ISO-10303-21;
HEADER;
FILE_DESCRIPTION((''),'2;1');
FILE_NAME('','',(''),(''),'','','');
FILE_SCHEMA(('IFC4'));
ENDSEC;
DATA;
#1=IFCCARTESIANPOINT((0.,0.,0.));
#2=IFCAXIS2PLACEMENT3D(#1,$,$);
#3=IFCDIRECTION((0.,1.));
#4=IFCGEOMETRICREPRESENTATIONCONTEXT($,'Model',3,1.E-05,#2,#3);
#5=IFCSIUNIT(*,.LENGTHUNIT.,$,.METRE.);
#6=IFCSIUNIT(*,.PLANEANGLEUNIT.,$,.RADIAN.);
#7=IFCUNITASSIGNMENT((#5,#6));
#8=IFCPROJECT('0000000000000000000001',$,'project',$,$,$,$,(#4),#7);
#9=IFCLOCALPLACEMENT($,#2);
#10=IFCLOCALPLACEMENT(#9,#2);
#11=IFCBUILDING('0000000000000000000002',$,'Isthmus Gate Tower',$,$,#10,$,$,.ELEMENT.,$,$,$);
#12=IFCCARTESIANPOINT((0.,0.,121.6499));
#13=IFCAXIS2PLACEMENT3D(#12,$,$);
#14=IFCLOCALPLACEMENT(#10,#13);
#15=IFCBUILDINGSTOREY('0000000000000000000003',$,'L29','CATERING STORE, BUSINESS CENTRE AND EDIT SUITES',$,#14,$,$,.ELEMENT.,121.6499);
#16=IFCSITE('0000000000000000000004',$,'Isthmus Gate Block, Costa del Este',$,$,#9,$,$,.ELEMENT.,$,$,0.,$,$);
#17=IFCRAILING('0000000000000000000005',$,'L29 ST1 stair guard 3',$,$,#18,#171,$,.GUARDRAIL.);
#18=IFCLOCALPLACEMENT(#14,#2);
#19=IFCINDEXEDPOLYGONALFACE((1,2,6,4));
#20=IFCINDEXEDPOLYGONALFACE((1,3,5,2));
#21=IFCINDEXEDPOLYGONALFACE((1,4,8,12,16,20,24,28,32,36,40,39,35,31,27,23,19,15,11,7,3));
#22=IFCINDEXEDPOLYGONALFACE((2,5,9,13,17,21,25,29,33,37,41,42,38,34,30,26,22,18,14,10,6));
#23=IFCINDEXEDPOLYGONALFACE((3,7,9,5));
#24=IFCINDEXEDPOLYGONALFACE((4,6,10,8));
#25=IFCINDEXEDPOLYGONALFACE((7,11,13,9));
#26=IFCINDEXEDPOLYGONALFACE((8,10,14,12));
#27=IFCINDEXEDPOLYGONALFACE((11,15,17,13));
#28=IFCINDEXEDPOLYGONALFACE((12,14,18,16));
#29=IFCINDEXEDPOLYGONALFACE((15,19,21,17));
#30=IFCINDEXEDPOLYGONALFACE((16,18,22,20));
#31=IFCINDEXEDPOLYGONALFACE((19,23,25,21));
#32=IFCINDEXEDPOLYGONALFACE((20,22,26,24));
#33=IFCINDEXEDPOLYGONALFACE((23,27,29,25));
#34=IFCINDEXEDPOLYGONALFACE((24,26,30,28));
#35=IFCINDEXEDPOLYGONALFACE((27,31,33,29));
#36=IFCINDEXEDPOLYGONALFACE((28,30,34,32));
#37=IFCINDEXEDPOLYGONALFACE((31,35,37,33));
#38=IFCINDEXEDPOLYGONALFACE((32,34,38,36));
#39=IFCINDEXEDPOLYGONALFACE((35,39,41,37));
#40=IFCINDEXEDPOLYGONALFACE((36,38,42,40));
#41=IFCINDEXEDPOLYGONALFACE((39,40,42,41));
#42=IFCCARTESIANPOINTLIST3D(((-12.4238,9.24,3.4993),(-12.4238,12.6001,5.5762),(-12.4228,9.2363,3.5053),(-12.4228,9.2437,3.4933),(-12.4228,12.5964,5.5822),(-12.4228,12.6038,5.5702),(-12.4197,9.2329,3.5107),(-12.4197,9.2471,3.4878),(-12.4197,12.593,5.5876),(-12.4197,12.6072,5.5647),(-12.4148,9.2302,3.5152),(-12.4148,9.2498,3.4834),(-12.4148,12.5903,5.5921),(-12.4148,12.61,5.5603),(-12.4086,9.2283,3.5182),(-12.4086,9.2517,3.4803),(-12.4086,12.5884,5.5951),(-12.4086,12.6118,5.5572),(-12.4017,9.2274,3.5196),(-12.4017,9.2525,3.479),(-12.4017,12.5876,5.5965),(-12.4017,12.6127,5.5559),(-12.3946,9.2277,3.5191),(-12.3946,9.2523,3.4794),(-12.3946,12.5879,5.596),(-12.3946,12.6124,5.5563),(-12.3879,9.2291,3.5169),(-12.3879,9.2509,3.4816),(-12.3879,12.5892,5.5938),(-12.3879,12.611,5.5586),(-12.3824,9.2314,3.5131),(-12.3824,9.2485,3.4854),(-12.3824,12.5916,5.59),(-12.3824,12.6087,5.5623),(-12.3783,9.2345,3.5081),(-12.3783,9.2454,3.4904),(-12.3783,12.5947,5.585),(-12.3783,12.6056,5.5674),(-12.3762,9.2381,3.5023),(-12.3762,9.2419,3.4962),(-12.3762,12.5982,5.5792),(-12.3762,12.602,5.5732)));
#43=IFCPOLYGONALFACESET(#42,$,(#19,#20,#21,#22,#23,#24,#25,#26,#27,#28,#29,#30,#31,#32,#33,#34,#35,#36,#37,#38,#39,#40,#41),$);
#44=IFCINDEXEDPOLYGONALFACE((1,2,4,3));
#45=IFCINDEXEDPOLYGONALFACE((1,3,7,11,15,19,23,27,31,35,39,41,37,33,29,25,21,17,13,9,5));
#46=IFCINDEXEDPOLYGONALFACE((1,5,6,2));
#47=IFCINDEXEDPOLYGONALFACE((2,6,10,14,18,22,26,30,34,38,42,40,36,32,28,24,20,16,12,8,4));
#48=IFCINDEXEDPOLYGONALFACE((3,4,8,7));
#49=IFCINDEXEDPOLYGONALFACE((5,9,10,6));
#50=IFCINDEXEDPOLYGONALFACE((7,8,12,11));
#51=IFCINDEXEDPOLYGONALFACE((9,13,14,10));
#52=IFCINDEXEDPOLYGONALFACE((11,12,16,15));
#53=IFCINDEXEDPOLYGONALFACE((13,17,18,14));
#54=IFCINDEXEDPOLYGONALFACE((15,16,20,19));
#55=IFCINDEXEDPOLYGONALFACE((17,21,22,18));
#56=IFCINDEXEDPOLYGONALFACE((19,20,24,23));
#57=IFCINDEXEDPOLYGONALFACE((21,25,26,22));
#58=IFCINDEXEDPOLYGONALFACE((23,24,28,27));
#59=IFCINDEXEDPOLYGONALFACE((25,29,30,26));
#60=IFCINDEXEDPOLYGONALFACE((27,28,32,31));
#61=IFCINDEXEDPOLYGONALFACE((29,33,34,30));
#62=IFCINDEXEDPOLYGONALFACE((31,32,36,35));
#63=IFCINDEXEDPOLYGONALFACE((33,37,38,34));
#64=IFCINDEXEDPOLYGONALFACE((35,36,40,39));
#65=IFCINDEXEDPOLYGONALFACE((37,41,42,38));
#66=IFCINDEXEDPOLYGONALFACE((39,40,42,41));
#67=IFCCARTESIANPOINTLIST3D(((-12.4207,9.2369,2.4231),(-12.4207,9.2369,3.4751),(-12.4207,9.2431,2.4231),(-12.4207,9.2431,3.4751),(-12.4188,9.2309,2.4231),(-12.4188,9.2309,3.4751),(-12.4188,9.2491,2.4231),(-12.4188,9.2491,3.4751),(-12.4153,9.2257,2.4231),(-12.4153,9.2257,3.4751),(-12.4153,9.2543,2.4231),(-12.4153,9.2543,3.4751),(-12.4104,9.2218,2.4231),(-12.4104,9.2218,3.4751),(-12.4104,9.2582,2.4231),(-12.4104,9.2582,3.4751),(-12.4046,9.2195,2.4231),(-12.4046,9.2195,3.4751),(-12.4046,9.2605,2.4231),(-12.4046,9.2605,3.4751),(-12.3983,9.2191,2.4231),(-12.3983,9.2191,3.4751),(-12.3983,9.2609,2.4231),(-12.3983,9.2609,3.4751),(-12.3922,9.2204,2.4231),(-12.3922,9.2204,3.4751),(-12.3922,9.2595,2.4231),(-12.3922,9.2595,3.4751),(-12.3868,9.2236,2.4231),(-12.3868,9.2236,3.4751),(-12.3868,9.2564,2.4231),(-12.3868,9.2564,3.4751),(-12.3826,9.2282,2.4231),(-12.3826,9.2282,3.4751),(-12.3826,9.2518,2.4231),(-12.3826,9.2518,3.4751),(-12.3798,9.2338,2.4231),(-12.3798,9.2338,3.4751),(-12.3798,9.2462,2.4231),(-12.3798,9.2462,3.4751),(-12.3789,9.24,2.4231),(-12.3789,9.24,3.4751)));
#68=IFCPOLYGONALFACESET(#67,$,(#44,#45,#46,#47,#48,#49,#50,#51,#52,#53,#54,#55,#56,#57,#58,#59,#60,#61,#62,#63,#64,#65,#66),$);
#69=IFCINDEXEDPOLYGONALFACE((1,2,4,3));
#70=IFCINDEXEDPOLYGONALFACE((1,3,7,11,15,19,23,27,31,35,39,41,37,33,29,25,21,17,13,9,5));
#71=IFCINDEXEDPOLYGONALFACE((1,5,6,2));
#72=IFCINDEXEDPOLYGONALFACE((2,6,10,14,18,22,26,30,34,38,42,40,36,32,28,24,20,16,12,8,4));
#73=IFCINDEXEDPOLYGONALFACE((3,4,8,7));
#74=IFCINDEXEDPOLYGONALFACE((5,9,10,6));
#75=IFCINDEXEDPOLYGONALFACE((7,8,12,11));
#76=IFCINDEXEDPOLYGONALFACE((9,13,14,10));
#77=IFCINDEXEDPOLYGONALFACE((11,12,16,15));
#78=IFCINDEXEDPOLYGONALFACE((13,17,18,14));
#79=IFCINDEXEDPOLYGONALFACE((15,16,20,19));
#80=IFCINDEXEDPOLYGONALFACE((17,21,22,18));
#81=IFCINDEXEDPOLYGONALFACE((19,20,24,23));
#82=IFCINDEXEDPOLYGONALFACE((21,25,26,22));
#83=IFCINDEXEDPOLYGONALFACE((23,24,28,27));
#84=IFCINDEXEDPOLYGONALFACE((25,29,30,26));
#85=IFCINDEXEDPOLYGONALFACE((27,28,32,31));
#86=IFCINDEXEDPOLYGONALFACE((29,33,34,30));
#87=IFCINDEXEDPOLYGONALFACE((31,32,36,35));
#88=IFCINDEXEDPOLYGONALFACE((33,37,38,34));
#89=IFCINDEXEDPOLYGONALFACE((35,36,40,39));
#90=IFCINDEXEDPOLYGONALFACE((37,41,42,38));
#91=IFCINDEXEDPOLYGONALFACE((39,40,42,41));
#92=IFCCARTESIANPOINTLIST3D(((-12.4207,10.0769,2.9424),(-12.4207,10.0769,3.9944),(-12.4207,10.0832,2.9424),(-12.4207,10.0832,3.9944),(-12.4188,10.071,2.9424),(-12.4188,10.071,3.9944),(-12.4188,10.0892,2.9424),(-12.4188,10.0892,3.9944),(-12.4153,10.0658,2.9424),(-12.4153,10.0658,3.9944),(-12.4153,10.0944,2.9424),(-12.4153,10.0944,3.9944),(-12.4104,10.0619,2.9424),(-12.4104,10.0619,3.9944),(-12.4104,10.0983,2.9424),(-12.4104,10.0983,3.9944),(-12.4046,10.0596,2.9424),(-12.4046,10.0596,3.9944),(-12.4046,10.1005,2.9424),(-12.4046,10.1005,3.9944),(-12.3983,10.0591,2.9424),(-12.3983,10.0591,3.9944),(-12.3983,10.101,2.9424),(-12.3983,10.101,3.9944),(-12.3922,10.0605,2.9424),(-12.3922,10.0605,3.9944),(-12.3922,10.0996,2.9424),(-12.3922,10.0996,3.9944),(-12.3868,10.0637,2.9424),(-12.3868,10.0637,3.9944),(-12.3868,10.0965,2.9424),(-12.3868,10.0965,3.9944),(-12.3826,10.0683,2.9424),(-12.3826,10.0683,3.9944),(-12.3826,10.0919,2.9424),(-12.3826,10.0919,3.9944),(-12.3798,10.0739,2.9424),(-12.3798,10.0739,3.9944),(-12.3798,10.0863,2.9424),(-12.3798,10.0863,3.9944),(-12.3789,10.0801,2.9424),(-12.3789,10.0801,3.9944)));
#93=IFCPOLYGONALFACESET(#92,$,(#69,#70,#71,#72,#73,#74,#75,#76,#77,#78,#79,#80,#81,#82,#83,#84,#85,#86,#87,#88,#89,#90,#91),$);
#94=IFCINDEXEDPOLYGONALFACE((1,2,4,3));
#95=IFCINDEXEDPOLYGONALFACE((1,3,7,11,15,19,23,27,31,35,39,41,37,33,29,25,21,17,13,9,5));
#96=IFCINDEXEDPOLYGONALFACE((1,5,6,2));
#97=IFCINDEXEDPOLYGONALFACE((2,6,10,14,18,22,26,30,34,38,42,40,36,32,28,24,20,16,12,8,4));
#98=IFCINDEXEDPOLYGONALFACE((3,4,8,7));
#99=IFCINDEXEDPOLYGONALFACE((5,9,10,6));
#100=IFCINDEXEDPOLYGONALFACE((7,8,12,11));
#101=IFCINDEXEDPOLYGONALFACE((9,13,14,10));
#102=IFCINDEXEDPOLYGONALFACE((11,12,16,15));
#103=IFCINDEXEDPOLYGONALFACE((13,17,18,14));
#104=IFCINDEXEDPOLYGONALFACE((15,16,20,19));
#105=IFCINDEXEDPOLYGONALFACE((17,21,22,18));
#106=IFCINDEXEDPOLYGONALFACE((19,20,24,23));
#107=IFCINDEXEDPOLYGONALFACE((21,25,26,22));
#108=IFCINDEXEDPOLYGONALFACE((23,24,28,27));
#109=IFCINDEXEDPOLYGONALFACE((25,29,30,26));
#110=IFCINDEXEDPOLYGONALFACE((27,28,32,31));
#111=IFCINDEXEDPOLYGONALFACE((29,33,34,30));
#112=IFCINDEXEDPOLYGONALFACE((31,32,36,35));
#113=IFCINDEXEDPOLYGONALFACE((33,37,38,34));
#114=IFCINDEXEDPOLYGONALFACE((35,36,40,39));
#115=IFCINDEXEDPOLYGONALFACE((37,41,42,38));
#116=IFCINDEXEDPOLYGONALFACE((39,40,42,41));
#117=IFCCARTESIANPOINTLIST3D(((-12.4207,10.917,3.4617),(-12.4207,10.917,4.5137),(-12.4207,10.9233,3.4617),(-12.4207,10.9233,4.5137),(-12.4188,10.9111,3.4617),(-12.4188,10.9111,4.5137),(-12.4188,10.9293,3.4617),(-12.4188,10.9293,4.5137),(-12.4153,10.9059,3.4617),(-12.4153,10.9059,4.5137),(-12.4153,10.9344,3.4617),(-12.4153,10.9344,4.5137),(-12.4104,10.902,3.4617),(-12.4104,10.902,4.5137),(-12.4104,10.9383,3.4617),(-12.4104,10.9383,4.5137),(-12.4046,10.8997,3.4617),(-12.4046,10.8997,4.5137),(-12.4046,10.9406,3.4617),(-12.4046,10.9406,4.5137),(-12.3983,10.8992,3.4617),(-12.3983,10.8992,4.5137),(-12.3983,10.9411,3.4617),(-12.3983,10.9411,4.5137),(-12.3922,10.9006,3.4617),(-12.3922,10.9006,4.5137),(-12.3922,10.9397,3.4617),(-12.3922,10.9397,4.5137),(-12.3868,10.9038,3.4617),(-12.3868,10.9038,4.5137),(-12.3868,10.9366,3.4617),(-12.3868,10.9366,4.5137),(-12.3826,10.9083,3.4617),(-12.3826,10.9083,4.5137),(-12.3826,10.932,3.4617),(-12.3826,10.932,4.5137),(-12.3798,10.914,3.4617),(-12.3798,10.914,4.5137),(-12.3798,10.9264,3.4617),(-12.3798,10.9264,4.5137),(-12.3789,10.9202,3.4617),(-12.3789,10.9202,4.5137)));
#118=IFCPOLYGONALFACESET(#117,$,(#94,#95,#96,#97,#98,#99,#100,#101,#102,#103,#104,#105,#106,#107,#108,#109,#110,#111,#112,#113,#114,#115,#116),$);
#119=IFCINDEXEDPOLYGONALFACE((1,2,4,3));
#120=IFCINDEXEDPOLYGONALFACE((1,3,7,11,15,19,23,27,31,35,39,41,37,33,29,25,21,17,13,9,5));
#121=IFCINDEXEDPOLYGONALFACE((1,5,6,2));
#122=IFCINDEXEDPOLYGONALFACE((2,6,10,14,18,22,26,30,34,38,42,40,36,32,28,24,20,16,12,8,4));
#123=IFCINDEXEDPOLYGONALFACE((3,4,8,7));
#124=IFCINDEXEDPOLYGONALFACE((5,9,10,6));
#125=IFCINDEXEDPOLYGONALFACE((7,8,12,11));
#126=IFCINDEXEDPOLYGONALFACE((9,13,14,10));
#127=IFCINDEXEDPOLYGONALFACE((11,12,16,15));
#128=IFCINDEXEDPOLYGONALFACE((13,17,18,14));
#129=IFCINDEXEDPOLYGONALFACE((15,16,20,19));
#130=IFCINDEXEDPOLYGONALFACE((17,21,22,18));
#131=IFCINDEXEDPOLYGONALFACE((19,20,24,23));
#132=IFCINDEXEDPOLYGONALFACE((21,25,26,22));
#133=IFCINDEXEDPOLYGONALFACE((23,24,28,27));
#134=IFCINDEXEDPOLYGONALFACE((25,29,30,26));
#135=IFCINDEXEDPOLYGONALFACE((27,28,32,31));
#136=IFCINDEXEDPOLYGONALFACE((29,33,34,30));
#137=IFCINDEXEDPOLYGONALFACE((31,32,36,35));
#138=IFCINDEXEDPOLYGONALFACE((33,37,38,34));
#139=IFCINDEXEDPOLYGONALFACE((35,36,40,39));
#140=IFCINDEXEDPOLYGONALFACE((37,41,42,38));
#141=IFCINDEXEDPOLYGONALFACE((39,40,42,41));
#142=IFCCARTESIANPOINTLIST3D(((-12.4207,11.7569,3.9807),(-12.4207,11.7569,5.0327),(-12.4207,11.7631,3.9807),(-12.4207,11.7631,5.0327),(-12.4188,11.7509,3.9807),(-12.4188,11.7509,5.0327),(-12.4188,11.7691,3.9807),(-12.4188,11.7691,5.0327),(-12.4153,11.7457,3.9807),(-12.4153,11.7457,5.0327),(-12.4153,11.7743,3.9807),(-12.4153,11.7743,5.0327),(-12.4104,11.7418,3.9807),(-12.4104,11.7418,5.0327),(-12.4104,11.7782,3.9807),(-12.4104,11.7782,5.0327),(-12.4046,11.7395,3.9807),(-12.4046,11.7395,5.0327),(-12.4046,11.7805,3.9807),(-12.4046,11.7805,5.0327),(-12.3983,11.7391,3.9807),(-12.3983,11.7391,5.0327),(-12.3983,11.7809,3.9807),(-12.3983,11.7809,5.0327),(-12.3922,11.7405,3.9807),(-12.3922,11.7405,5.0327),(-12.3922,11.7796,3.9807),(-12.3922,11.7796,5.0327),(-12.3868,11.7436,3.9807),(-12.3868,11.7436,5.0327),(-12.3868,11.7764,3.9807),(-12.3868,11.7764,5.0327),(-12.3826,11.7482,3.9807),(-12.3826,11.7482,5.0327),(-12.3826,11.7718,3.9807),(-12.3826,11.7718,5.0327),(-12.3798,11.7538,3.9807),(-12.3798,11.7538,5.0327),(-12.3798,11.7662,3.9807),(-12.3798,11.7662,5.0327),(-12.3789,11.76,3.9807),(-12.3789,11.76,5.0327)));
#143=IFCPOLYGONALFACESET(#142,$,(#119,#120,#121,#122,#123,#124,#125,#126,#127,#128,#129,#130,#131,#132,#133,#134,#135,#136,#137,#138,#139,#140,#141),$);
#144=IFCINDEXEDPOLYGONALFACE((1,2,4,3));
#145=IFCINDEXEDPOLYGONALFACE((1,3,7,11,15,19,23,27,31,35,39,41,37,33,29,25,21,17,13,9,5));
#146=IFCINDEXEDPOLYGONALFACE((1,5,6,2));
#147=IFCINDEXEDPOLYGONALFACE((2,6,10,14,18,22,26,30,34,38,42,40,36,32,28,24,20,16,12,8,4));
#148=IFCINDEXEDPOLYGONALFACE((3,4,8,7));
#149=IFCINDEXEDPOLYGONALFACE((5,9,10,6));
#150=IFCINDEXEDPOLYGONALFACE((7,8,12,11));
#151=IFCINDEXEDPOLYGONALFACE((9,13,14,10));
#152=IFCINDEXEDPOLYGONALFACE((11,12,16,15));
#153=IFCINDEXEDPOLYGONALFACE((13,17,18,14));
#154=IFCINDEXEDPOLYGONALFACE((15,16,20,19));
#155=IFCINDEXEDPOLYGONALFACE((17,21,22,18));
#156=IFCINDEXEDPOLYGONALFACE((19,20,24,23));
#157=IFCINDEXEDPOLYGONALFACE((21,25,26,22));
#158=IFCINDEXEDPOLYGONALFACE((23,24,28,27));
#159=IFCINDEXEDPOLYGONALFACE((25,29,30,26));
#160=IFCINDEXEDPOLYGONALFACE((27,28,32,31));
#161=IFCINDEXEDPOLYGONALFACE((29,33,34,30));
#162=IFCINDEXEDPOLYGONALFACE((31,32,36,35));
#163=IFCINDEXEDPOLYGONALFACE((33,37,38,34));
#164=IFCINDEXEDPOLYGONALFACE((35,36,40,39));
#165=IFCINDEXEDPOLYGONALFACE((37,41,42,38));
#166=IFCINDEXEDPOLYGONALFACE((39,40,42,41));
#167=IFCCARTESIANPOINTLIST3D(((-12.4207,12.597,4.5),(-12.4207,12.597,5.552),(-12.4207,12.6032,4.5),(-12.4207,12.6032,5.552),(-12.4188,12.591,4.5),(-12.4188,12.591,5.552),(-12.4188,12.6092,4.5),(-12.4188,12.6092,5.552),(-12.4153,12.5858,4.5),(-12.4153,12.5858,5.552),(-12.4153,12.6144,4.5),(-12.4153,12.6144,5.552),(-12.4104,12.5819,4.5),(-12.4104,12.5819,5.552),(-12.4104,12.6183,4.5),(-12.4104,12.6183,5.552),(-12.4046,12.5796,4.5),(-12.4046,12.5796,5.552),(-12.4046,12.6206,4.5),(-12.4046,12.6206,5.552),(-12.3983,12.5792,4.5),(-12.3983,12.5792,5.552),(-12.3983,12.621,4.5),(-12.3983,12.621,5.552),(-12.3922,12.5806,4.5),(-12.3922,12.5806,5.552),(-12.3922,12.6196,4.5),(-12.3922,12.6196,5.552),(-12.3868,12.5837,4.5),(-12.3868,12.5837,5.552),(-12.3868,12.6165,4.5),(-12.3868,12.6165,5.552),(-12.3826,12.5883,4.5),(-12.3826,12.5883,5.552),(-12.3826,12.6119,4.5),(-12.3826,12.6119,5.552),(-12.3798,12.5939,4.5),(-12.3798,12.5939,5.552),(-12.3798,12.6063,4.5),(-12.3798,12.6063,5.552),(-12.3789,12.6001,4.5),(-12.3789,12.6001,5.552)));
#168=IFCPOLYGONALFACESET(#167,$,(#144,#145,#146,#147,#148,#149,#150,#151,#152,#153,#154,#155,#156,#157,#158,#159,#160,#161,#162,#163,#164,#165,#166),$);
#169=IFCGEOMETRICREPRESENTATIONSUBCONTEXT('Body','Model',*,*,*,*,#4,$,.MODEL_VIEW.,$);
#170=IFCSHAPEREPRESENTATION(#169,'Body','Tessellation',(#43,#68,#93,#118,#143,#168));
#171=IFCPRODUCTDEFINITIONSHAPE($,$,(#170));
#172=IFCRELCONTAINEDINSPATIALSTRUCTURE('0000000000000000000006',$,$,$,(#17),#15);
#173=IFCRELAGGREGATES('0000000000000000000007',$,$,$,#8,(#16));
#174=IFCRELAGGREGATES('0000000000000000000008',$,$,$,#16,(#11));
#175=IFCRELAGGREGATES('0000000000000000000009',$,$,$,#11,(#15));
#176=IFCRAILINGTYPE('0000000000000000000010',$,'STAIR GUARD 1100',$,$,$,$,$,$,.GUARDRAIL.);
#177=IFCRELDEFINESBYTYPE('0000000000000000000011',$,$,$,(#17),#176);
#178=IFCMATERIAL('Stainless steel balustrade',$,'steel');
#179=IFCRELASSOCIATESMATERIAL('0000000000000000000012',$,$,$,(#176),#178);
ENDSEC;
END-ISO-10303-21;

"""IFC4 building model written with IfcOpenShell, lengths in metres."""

from ifc_helpers import new_model, si_unit, direction, frame, origin, origin_2d, place, context, subcontext, project, spatial, circle, extrude, material, type_object, element, save


model = new_model("IFC4")

# Units and contexts
model_context = context("Model", 3, precision=1e-05, world=origin(), true_north=direction((0.0, 1.0)))
body_context = subcontext(model_context, "Body", "Model", "MODEL_VIEW")
ifc_project = project(units=[si_unit("LENGTHUNIT", "METRE"), si_unit("PLANEANGLEUNIT", "RADIAN")], contexts=[model_context])

# Site, building, storey
site_placement = place(None, origin())
site = spatial("IfcSite", under=ifc_project, at=site_placement, Name="Isthmus Gate Block, Costa del Este", CompositionType="ELEMENT", RefElevation=0.0)
building_placement = place(site_placement, origin())
building = spatial("IfcBuilding", under=site, at=building_placement, Name="Isthmus Gate Tower", CompositionType="ELEMENT")
storey_placement = place(building_placement, frame((0.0, 0.0, 121.6499)))
storey = spatial("IfcBuildingStorey", under=building, at=storey_placement, Name="L29", Description="CATERING STORE, BUSINESS CENTRE AND EDIT SUITES", CompositionType="ELEMENT", Elevation=121.6499)

# Railing
ifc_material_1 = material(Name="Stainless steel balustrade", Category="steel")
railing_type_1 = type_object("IfcRailingType", Name="STAIR GUARD 1100", PredefinedType="GUARDRAIL", material=ifc_material_1)
railing_1_placement = place(storey_placement, frame((-12.3999, 9.24, 2.4231)))
element("IfcRailing", 1, at=railing_1_placement, inside=storey, type_object=railing_type_1, Name="L29 ST1 stair guard 3", PredefinedType="GUARDRAIL", context=body_context, shape_type="SweptSolid", body=[
    extrude(circle(Radius=0.0239, at=origin_2d()), frame((0.0, 0.0, 1.0762), z_axis=(0.0, 0.850623, 0.525776), x_axis=(-1.0, 0.0, 0.0)), (0.0, 0.0, 1.0), 3.9502),
    extrude(circle(Radius=0.021, at=origin_2d()), origin(), (0.0, 0.0, 1.0), 1.052),
    extrude(circle(Radius=0.021, at=origin_2d()), frame((0.0, 0.8401, 0.5193)), (0.0, 0.0, 1.0), 1.052),
    extrude(circle(Radius=0.021, at=origin_2d()), frame((0.0, 1.6802, 1.0386)), (0.0, 0.0, 1.0), 1.052),
    extrude(circle(Radius=0.021, at=origin_2d()), frame((0.0, 2.52, 1.5576)), (0.0, 0.0, 1.0), 1.052),
    extrude(circle(Radius=0.021, at=origin_2d()), frame((0.0, 3.3601, 2.0769)), (0.0, 0.0, 1.0), 1.052),
])

save(model, "model.ifc")
